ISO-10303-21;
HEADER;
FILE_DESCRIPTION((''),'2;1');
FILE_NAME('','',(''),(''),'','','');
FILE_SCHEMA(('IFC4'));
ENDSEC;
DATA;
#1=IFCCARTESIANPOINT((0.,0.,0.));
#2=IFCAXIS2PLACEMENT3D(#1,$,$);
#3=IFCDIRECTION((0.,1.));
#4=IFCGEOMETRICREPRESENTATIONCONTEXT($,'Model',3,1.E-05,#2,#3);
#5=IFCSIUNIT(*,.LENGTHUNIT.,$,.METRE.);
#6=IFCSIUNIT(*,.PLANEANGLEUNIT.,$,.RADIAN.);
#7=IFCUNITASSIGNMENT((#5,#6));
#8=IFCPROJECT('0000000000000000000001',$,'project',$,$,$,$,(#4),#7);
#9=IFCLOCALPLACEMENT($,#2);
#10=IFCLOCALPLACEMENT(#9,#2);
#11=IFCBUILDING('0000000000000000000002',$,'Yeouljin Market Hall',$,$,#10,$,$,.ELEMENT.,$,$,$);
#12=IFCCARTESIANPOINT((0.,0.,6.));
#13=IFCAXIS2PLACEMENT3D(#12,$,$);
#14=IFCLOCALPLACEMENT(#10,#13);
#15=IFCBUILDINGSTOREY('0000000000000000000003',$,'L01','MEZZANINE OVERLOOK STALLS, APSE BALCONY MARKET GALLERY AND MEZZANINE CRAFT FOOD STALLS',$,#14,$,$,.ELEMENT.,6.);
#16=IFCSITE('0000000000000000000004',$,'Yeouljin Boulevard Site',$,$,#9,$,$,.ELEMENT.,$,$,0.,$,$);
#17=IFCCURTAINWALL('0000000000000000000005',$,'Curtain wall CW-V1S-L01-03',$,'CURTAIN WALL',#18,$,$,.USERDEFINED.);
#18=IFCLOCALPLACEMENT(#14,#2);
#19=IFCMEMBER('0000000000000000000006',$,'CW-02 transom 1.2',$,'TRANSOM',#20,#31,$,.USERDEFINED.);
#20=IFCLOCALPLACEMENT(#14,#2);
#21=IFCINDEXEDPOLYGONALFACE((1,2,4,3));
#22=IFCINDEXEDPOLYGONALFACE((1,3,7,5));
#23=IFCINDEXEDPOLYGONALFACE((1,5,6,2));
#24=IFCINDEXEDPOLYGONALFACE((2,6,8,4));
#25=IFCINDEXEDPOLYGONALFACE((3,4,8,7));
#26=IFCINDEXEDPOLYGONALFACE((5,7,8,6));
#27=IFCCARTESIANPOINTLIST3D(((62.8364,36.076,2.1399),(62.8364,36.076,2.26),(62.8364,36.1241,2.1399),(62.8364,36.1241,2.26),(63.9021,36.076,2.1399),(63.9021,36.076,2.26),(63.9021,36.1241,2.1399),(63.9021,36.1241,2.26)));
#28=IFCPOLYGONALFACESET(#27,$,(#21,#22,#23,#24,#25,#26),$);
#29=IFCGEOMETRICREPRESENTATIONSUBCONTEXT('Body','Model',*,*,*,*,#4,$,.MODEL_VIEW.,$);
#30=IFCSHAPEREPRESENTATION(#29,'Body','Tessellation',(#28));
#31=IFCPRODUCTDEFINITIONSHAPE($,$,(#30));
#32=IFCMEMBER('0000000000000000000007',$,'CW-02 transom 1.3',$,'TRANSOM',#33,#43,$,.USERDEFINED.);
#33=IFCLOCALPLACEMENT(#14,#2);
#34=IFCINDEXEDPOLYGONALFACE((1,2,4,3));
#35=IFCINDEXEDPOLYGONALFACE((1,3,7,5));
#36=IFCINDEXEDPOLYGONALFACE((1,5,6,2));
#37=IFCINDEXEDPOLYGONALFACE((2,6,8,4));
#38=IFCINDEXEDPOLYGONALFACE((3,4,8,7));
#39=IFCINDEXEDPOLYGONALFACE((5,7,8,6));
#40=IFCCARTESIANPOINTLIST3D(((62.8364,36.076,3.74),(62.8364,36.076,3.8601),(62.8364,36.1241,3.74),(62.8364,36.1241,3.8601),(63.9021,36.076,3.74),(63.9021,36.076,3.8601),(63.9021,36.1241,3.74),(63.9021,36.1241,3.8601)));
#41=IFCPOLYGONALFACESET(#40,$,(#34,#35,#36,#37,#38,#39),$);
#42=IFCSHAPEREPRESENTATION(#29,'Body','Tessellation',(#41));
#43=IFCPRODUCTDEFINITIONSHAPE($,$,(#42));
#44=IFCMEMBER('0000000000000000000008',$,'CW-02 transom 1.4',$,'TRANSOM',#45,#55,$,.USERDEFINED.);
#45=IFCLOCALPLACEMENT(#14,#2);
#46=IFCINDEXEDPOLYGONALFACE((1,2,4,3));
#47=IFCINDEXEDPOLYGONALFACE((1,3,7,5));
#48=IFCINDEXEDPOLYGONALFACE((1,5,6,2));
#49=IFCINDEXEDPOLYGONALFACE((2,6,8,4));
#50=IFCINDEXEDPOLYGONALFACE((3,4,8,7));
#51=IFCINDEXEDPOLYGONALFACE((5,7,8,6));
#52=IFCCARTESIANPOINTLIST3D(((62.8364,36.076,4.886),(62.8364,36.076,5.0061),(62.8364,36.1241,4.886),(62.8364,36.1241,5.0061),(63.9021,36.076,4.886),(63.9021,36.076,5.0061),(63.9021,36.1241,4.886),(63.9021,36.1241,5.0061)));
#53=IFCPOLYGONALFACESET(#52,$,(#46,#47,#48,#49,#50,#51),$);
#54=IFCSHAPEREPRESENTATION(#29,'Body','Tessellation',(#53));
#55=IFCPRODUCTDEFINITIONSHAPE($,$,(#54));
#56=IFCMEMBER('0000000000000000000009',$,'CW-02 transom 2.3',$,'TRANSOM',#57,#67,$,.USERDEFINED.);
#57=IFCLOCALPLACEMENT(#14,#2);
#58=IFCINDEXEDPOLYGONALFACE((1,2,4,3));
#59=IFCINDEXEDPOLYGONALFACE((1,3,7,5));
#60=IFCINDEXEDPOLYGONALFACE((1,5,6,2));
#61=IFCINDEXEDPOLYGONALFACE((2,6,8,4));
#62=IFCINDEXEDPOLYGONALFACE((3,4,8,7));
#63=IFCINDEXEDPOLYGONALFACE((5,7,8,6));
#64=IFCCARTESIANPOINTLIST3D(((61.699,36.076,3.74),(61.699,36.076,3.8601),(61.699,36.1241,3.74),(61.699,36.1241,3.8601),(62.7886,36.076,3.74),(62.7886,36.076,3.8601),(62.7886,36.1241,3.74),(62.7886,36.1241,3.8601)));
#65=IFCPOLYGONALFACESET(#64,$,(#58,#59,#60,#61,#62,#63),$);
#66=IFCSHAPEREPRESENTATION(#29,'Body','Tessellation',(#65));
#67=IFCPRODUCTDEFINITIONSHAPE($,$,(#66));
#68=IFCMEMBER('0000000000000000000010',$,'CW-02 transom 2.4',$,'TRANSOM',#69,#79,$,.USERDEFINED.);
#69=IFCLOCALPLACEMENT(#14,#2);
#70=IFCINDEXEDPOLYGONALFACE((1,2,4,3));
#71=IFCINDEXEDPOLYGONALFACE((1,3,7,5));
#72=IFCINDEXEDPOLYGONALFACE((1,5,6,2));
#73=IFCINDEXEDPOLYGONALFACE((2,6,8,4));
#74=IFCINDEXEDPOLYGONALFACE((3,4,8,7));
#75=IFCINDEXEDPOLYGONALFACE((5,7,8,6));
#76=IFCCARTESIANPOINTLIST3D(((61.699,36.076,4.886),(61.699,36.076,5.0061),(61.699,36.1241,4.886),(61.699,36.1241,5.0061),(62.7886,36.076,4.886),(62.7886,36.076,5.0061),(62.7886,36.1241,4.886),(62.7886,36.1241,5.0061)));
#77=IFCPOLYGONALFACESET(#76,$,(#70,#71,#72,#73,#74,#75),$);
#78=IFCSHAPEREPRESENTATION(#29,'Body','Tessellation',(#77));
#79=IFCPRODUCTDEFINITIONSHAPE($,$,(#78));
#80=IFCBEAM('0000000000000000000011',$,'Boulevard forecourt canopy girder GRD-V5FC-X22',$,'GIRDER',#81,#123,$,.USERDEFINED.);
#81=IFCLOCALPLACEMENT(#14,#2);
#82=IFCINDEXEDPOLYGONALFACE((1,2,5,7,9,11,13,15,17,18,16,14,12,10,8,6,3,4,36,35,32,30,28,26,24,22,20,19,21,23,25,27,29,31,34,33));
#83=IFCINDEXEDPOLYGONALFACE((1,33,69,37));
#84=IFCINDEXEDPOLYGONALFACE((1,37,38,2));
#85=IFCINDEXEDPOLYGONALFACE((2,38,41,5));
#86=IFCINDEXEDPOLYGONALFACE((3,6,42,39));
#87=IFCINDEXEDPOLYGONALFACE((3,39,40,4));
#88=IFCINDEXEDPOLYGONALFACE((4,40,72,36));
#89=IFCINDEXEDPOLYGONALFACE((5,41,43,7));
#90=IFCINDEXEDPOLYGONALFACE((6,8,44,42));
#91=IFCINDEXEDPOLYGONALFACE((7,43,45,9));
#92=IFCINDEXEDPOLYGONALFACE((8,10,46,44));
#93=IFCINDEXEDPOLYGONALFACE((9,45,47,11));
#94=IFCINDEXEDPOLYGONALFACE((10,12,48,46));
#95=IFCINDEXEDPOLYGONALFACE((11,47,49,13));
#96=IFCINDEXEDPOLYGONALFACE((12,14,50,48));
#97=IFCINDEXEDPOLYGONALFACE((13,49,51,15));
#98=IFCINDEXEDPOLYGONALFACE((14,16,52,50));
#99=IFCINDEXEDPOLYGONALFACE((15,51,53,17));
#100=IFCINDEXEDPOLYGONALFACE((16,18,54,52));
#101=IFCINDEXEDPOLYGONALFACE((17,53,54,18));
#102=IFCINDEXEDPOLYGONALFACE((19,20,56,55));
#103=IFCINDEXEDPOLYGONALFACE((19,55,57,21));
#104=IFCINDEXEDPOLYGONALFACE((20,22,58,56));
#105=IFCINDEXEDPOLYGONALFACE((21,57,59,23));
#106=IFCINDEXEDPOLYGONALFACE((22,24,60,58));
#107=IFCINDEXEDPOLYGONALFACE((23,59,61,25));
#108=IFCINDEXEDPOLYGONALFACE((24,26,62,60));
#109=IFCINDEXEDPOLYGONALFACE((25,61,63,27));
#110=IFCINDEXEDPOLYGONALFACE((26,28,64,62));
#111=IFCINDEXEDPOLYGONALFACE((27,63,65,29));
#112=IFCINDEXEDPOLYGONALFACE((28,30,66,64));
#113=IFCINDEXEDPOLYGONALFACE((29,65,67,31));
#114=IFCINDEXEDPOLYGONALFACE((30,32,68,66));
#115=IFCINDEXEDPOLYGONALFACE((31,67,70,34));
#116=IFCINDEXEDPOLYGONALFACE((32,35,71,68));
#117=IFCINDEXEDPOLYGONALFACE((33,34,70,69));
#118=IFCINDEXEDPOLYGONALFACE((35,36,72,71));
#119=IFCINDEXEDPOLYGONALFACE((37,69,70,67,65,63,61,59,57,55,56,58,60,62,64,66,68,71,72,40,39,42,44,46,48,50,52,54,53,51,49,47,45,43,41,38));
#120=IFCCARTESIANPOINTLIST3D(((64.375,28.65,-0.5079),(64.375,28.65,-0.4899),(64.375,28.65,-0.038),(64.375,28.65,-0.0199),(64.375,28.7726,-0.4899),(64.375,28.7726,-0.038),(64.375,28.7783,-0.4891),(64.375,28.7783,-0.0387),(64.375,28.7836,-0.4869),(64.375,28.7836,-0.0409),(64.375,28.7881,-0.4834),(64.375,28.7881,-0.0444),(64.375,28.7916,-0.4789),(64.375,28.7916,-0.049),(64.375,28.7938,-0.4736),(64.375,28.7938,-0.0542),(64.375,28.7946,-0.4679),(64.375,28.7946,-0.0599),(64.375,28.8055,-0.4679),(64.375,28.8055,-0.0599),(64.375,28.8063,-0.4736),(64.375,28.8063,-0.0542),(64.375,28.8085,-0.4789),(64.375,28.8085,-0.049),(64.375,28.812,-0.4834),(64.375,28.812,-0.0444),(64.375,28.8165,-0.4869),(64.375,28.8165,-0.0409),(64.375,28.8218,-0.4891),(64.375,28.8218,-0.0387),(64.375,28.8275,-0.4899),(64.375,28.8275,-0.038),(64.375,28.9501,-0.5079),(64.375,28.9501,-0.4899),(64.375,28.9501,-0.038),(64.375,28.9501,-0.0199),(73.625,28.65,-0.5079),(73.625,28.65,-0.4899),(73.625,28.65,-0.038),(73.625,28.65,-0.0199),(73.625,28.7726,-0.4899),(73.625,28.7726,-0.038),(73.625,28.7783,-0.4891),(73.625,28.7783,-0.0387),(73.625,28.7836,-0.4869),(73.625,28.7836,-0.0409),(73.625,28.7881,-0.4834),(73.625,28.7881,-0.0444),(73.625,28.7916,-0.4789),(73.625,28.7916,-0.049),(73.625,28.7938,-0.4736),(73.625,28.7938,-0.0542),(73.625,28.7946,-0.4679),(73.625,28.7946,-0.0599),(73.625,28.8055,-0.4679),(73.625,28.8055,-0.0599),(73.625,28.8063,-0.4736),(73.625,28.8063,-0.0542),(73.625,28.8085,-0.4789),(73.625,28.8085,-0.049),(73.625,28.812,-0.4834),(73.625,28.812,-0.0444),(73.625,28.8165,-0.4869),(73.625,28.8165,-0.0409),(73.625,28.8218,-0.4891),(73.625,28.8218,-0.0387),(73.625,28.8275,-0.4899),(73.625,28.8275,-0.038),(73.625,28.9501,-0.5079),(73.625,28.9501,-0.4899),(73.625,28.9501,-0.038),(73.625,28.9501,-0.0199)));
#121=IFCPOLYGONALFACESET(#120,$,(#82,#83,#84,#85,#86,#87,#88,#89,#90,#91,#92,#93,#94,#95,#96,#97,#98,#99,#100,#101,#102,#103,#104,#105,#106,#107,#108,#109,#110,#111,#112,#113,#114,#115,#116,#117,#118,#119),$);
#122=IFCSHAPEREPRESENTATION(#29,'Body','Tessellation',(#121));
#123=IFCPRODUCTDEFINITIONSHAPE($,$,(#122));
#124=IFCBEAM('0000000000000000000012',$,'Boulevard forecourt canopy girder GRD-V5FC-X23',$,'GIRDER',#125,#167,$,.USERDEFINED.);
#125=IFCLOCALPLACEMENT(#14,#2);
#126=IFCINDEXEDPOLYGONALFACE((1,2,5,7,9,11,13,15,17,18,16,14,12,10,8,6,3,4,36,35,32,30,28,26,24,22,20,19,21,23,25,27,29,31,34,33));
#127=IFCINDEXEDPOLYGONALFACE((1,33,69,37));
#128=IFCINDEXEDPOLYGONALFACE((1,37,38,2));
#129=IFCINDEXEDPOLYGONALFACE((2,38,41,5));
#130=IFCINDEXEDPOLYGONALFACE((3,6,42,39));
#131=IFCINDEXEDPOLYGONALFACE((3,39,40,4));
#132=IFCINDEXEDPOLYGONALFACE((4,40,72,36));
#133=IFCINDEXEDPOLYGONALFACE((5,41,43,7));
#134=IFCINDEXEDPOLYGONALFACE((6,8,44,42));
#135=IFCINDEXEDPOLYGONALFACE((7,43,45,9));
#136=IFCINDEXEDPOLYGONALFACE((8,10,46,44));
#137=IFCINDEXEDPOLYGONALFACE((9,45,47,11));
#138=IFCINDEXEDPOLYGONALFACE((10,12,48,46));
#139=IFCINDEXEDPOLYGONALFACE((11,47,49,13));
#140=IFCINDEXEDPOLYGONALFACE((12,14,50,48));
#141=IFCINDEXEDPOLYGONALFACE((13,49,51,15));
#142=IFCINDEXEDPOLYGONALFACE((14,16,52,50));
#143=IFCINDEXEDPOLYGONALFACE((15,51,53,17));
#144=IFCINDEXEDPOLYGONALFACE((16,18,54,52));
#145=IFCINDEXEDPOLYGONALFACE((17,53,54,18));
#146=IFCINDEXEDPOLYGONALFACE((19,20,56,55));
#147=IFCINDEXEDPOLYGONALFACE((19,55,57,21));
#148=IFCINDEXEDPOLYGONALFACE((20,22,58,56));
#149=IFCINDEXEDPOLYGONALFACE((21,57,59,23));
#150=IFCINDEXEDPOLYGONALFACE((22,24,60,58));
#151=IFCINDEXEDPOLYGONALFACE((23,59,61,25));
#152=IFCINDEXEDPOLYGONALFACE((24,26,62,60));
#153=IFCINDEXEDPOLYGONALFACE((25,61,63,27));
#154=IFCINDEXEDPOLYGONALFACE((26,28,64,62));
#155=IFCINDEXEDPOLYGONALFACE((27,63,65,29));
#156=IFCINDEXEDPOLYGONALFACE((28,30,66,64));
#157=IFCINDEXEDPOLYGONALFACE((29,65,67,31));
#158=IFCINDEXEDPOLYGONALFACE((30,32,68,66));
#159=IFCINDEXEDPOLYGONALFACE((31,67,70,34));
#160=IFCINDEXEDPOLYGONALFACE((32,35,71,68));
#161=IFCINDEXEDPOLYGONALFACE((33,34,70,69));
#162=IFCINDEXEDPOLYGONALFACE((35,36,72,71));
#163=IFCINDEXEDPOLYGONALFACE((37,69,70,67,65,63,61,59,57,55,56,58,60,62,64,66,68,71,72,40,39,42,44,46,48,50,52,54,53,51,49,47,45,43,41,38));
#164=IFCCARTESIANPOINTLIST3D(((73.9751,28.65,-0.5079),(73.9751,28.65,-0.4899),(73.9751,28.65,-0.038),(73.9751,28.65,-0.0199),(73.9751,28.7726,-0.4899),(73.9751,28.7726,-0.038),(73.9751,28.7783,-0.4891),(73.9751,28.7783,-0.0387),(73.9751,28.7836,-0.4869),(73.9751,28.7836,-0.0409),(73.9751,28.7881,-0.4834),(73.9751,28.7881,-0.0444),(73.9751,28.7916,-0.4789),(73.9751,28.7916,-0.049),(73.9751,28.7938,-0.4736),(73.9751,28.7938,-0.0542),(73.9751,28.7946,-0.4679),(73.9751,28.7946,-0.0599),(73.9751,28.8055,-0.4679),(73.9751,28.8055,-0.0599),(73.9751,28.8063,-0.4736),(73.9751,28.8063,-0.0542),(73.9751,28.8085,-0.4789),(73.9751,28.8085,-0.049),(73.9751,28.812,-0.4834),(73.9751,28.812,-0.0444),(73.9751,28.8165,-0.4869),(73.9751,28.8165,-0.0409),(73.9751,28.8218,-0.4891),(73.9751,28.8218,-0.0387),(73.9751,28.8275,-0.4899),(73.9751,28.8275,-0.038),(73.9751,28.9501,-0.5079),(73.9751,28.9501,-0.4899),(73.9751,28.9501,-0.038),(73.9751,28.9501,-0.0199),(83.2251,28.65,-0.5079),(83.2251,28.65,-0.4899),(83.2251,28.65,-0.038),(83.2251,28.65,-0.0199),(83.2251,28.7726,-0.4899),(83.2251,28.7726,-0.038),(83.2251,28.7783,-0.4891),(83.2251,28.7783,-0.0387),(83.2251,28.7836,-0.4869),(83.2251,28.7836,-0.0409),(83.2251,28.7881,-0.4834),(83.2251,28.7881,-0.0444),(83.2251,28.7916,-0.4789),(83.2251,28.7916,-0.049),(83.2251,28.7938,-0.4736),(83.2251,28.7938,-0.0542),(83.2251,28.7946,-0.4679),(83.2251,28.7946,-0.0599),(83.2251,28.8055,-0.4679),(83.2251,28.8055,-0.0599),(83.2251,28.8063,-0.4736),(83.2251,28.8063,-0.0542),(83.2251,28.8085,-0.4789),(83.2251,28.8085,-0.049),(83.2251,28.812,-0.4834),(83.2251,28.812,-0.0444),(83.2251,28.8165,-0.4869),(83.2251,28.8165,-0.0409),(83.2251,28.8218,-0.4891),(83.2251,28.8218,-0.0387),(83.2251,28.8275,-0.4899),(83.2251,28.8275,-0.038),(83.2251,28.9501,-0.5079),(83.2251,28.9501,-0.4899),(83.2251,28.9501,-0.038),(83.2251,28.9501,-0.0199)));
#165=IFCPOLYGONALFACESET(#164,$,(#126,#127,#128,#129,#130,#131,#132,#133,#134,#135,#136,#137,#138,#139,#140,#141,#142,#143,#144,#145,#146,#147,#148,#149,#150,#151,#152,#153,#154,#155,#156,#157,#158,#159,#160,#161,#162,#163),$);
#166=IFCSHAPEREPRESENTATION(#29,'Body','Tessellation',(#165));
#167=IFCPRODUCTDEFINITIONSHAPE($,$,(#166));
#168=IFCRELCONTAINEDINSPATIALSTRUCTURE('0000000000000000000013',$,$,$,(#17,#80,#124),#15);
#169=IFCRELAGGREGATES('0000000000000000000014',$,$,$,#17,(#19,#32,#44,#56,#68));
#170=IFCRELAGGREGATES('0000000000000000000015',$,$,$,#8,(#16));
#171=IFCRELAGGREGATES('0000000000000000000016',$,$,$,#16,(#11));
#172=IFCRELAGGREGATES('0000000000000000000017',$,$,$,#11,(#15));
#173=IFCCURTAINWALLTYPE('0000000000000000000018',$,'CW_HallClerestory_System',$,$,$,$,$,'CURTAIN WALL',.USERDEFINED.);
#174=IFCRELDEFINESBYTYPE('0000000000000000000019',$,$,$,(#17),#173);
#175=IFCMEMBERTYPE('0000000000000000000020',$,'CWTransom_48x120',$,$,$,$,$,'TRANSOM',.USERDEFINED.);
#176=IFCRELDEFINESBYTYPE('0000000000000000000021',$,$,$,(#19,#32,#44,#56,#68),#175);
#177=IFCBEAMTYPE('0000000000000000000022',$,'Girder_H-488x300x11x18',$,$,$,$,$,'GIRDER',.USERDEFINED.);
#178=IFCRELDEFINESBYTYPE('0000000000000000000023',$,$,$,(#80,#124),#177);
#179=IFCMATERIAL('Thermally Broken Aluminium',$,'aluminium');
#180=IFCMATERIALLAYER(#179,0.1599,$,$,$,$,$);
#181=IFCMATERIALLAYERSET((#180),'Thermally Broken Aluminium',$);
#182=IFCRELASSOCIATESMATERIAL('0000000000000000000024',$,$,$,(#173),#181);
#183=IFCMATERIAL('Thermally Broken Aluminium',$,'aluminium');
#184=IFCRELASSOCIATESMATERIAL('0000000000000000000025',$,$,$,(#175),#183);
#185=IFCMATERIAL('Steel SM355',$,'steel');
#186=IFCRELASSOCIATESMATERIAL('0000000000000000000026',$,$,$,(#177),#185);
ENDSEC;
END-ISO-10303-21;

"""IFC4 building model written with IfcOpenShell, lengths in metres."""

from ifc_helpers import new_model, si_unit, direction, frame, origin, origin_2d, place, context, subcontext, project, spatial, rectangle, i_section, extrude, material, layer, layer_set, material_profile, profile_set, type_object, element, aggregate, save


model = new_model("IFC4")

# Units and contexts
model_context = context("Model", 3, precision=1e-05, world=origin(), true_north=direction((0.0, 1.0)))
body_context = subcontext(model_context, "Body", "Model", "MODEL_VIEW")
ifc_project = project(units=[si_unit("LENGTHUNIT", "METRE"), si_unit("PLANEANGLEUNIT", "RADIAN")], contexts=[model_context])

# Site, building, storey
site_placement = place(None, origin())
site = spatial("IfcSite", under=ifc_project, at=site_placement, Name="Yeouljin Boulevard Site", CompositionType="ELEMENT", RefElevation=0.0)
building_placement = place(site_placement, origin())
building = spatial("IfcBuilding", under=site, at=building_placement, Name="Yeouljin Market Hall", CompositionType="ELEMENT")
storey_placement = place(building_placement, frame((0.0, 0.0, 6.0)))
storey = spatial("IfcBuildingStorey", under=building, at=storey_placement, Name="L01", Description="MEZZANINE OVERLOOK STALLS, APSE BALCONY MARKET GALLERY AND MEZZANINE CRAFT FOOD STALLS", CompositionType="ELEMENT", Elevation=6.0)

# Curtain wall, members
ifc_material_1 = material(Name="Thermally Broken Aluminium", Category="aluminium")
ifc_layer_1 = layer(ifc_material_1, 0.1599)
ifc_layer_set_1 = layer_set([ifc_layer_1], Name="Thermally Broken Aluminium")
curtain_wall_type = type_object("IfcCurtainWallType", Name="CW_HallClerestory_System", ElementType="CURTAIN WALL", PredefinedType="USERDEFINED", material=ifc_layer_set_1)
curtain_wall_placement = place(storey_placement, origin())
curtain_wall = element("IfcCurtainWall", 1, at=curtain_wall_placement, inside=storey, type_object=curtain_wall_type, Name="Curtain wall CW-V1S-L01-03", ObjectType="CURTAIN WALL", PredefinedType="USERDEFINED")
ifc_material_2 = material(Name="Thermally Broken Aluminium", Category="aluminium")
ifc_material_profile_1 = material_profile(ifc_material_2, rectangle(XDim=0.0481, YDim=0.1201, at=origin_2d()), Name="CW-TRAN-48x120")
ifc_profile_set_1 = profile_set([ifc_material_profile_1], Name="Thermally Broken Aluminium")
member_type_1 = type_object("IfcMemberType", Name="CWTransom_48x120", ElementType="TRANSOM", PredefinedType="USERDEFINED", material=ifc_profile_set_1)
member_1_placement = place(storey_placement, frame((63.9021, 36.1001, 2.2), z_axis=(-1.0, 0.0, 0.0), x_axis=(0.0, -1.0, 0.0)))
member_1 = element("IfcMember", 2, at=member_1_placement, type_object=member_type_1, Name="CW-02 transom 1.2", ObjectType="TRANSOM", PredefinedType="USERDEFINED", context=body_context, shape_type="SweptSolid", body=[
    extrude(rectangle(XDim=0.0481, YDim=0.1201, at=origin_2d()), origin(), (0.0, 0.0, 1.0), 1.0657),
])
member_2_placement = place(storey_placement, frame((63.9021, 36.1001, 3.8), z_axis=(-1.0, 0.0, 0.0), x_axis=(0.0, -1.0, 0.0)))
member_2 = element("IfcMember", 3, at=member_2_placement, type_object=member_type_1, Name="CW-02 transom 1.3", ObjectType="TRANSOM", PredefinedType="USERDEFINED", context=body_context, shape_type="SweptSolid", body=[
    extrude(rectangle(XDim=0.0481, YDim=0.1201, at=origin_2d()), origin(), (0.0, 0.0, 1.0), 1.0657),
])
member_3_placement = place(storey_placement, frame((63.9021, 36.1001, 4.946), z_axis=(-1.0, 0.0, 0.0), x_axis=(0.0, -1.0, 0.0)))
member_3 = element("IfcMember", 4, at=member_3_placement, type_object=member_type_1, Name="CW-02 transom 1.4", ObjectType="TRANSOM", PredefinedType="USERDEFINED", context=body_context, shape_type="SweptSolid", body=[
    extrude(rectangle(XDim=0.0481, YDim=0.1201, at=origin_2d()), origin(), (0.0, 0.0, 1.0), 1.0657),
])
member_4_placement = place(storey_placement, frame((62.7886, 36.1001, 3.8), z_axis=(-1.0, 0.0, 0.0), x_axis=(0.0, -1.0, 0.0)))
member_4 = element("IfcMember", 5, at=member_4_placement, type_object=member_type_1, Name="CW-02 transom 2.3", ObjectType="TRANSOM", PredefinedType="USERDEFINED", context=body_context, shape_type="SweptSolid", body=[
    extrude(rectangle(XDim=0.0481, YDim=0.1201, at=origin_2d()), origin(), (0.0, 0.0, 1.0), 1.0896),
])
member_5_placement = place(storey_placement, frame((62.7886, 36.1001, 4.946), z_axis=(-1.0, 0.0, 0.0), x_axis=(0.0, -1.0, 0.0)))
member_5 = element("IfcMember", 6, at=member_5_placement, type_object=member_type_1, Name="CW-02 transom 2.4", ObjectType="TRANSOM", PredefinedType="USERDEFINED", context=body_context, shape_type="SweptSolid", body=[
    extrude(rectangle(XDim=0.0481, YDim=0.1201, at=origin_2d()), origin(), (0.0, 0.0, 1.0), 1.0896),
])

# Beams
ifc_material_3 = material(Name="Steel SM355", Category="steel")
ifc_material_profile_2 = material_profile(ifc_material_3, i_section(OverallWidth=0.3, OverallDepth=0.488, WebThickness=0.011, FlangeThickness=0.0181, FilletRadius=0.022, at=origin_2d()), Name="H-488x300x11x18")
ifc_profile_set_2 = profile_set([ifc_material_profile_2], Name="Steel SM355")
beam_type_1 = type_object("IfcBeamType", Name="Girder_H-488x300x11x18", ElementType="GIRDER", PredefinedType="USERDEFINED", material=ifc_profile_set_2)
for number, where, z_axis, x_axis, name in (
    (7, (64.375, 28.8, -0.2639), (1.0, 0.0, 0.0), (0.0, 1.0, 0.0), "Boulevard forecourt canopy girder GRD-V5FC-X22"),
    (8, (73.9751, 28.8, -0.2639), (1.0, 0.0, 0.0), (0.0, 1.0, 0.0), "Boulevard forecourt canopy girder GRD-V5FC-X23"),
):
    element("IfcBeam", number, at=place(storey_placement, frame(where, z_axis=z_axis, x_axis=x_axis)), inside=storey, type_object=beam_type_1, Name=name, ObjectType="GIRDER", PredefinedType="USERDEFINED", context=body_context, shape_type="SweptSolid", body=[
        extrude(i_section(OverallWidth=0.3, OverallDepth=0.488, WebThickness=0.011, FlangeThickness=0.0181, FilletRadius=0.022, at=origin_2d()), origin(), (0.0, 0.0, 1.0), 9.25),
    ])

aggregate(curtain_wall, [member_1, member_2, member_3, member_4, member_5])

save(model, "model.ifc")
